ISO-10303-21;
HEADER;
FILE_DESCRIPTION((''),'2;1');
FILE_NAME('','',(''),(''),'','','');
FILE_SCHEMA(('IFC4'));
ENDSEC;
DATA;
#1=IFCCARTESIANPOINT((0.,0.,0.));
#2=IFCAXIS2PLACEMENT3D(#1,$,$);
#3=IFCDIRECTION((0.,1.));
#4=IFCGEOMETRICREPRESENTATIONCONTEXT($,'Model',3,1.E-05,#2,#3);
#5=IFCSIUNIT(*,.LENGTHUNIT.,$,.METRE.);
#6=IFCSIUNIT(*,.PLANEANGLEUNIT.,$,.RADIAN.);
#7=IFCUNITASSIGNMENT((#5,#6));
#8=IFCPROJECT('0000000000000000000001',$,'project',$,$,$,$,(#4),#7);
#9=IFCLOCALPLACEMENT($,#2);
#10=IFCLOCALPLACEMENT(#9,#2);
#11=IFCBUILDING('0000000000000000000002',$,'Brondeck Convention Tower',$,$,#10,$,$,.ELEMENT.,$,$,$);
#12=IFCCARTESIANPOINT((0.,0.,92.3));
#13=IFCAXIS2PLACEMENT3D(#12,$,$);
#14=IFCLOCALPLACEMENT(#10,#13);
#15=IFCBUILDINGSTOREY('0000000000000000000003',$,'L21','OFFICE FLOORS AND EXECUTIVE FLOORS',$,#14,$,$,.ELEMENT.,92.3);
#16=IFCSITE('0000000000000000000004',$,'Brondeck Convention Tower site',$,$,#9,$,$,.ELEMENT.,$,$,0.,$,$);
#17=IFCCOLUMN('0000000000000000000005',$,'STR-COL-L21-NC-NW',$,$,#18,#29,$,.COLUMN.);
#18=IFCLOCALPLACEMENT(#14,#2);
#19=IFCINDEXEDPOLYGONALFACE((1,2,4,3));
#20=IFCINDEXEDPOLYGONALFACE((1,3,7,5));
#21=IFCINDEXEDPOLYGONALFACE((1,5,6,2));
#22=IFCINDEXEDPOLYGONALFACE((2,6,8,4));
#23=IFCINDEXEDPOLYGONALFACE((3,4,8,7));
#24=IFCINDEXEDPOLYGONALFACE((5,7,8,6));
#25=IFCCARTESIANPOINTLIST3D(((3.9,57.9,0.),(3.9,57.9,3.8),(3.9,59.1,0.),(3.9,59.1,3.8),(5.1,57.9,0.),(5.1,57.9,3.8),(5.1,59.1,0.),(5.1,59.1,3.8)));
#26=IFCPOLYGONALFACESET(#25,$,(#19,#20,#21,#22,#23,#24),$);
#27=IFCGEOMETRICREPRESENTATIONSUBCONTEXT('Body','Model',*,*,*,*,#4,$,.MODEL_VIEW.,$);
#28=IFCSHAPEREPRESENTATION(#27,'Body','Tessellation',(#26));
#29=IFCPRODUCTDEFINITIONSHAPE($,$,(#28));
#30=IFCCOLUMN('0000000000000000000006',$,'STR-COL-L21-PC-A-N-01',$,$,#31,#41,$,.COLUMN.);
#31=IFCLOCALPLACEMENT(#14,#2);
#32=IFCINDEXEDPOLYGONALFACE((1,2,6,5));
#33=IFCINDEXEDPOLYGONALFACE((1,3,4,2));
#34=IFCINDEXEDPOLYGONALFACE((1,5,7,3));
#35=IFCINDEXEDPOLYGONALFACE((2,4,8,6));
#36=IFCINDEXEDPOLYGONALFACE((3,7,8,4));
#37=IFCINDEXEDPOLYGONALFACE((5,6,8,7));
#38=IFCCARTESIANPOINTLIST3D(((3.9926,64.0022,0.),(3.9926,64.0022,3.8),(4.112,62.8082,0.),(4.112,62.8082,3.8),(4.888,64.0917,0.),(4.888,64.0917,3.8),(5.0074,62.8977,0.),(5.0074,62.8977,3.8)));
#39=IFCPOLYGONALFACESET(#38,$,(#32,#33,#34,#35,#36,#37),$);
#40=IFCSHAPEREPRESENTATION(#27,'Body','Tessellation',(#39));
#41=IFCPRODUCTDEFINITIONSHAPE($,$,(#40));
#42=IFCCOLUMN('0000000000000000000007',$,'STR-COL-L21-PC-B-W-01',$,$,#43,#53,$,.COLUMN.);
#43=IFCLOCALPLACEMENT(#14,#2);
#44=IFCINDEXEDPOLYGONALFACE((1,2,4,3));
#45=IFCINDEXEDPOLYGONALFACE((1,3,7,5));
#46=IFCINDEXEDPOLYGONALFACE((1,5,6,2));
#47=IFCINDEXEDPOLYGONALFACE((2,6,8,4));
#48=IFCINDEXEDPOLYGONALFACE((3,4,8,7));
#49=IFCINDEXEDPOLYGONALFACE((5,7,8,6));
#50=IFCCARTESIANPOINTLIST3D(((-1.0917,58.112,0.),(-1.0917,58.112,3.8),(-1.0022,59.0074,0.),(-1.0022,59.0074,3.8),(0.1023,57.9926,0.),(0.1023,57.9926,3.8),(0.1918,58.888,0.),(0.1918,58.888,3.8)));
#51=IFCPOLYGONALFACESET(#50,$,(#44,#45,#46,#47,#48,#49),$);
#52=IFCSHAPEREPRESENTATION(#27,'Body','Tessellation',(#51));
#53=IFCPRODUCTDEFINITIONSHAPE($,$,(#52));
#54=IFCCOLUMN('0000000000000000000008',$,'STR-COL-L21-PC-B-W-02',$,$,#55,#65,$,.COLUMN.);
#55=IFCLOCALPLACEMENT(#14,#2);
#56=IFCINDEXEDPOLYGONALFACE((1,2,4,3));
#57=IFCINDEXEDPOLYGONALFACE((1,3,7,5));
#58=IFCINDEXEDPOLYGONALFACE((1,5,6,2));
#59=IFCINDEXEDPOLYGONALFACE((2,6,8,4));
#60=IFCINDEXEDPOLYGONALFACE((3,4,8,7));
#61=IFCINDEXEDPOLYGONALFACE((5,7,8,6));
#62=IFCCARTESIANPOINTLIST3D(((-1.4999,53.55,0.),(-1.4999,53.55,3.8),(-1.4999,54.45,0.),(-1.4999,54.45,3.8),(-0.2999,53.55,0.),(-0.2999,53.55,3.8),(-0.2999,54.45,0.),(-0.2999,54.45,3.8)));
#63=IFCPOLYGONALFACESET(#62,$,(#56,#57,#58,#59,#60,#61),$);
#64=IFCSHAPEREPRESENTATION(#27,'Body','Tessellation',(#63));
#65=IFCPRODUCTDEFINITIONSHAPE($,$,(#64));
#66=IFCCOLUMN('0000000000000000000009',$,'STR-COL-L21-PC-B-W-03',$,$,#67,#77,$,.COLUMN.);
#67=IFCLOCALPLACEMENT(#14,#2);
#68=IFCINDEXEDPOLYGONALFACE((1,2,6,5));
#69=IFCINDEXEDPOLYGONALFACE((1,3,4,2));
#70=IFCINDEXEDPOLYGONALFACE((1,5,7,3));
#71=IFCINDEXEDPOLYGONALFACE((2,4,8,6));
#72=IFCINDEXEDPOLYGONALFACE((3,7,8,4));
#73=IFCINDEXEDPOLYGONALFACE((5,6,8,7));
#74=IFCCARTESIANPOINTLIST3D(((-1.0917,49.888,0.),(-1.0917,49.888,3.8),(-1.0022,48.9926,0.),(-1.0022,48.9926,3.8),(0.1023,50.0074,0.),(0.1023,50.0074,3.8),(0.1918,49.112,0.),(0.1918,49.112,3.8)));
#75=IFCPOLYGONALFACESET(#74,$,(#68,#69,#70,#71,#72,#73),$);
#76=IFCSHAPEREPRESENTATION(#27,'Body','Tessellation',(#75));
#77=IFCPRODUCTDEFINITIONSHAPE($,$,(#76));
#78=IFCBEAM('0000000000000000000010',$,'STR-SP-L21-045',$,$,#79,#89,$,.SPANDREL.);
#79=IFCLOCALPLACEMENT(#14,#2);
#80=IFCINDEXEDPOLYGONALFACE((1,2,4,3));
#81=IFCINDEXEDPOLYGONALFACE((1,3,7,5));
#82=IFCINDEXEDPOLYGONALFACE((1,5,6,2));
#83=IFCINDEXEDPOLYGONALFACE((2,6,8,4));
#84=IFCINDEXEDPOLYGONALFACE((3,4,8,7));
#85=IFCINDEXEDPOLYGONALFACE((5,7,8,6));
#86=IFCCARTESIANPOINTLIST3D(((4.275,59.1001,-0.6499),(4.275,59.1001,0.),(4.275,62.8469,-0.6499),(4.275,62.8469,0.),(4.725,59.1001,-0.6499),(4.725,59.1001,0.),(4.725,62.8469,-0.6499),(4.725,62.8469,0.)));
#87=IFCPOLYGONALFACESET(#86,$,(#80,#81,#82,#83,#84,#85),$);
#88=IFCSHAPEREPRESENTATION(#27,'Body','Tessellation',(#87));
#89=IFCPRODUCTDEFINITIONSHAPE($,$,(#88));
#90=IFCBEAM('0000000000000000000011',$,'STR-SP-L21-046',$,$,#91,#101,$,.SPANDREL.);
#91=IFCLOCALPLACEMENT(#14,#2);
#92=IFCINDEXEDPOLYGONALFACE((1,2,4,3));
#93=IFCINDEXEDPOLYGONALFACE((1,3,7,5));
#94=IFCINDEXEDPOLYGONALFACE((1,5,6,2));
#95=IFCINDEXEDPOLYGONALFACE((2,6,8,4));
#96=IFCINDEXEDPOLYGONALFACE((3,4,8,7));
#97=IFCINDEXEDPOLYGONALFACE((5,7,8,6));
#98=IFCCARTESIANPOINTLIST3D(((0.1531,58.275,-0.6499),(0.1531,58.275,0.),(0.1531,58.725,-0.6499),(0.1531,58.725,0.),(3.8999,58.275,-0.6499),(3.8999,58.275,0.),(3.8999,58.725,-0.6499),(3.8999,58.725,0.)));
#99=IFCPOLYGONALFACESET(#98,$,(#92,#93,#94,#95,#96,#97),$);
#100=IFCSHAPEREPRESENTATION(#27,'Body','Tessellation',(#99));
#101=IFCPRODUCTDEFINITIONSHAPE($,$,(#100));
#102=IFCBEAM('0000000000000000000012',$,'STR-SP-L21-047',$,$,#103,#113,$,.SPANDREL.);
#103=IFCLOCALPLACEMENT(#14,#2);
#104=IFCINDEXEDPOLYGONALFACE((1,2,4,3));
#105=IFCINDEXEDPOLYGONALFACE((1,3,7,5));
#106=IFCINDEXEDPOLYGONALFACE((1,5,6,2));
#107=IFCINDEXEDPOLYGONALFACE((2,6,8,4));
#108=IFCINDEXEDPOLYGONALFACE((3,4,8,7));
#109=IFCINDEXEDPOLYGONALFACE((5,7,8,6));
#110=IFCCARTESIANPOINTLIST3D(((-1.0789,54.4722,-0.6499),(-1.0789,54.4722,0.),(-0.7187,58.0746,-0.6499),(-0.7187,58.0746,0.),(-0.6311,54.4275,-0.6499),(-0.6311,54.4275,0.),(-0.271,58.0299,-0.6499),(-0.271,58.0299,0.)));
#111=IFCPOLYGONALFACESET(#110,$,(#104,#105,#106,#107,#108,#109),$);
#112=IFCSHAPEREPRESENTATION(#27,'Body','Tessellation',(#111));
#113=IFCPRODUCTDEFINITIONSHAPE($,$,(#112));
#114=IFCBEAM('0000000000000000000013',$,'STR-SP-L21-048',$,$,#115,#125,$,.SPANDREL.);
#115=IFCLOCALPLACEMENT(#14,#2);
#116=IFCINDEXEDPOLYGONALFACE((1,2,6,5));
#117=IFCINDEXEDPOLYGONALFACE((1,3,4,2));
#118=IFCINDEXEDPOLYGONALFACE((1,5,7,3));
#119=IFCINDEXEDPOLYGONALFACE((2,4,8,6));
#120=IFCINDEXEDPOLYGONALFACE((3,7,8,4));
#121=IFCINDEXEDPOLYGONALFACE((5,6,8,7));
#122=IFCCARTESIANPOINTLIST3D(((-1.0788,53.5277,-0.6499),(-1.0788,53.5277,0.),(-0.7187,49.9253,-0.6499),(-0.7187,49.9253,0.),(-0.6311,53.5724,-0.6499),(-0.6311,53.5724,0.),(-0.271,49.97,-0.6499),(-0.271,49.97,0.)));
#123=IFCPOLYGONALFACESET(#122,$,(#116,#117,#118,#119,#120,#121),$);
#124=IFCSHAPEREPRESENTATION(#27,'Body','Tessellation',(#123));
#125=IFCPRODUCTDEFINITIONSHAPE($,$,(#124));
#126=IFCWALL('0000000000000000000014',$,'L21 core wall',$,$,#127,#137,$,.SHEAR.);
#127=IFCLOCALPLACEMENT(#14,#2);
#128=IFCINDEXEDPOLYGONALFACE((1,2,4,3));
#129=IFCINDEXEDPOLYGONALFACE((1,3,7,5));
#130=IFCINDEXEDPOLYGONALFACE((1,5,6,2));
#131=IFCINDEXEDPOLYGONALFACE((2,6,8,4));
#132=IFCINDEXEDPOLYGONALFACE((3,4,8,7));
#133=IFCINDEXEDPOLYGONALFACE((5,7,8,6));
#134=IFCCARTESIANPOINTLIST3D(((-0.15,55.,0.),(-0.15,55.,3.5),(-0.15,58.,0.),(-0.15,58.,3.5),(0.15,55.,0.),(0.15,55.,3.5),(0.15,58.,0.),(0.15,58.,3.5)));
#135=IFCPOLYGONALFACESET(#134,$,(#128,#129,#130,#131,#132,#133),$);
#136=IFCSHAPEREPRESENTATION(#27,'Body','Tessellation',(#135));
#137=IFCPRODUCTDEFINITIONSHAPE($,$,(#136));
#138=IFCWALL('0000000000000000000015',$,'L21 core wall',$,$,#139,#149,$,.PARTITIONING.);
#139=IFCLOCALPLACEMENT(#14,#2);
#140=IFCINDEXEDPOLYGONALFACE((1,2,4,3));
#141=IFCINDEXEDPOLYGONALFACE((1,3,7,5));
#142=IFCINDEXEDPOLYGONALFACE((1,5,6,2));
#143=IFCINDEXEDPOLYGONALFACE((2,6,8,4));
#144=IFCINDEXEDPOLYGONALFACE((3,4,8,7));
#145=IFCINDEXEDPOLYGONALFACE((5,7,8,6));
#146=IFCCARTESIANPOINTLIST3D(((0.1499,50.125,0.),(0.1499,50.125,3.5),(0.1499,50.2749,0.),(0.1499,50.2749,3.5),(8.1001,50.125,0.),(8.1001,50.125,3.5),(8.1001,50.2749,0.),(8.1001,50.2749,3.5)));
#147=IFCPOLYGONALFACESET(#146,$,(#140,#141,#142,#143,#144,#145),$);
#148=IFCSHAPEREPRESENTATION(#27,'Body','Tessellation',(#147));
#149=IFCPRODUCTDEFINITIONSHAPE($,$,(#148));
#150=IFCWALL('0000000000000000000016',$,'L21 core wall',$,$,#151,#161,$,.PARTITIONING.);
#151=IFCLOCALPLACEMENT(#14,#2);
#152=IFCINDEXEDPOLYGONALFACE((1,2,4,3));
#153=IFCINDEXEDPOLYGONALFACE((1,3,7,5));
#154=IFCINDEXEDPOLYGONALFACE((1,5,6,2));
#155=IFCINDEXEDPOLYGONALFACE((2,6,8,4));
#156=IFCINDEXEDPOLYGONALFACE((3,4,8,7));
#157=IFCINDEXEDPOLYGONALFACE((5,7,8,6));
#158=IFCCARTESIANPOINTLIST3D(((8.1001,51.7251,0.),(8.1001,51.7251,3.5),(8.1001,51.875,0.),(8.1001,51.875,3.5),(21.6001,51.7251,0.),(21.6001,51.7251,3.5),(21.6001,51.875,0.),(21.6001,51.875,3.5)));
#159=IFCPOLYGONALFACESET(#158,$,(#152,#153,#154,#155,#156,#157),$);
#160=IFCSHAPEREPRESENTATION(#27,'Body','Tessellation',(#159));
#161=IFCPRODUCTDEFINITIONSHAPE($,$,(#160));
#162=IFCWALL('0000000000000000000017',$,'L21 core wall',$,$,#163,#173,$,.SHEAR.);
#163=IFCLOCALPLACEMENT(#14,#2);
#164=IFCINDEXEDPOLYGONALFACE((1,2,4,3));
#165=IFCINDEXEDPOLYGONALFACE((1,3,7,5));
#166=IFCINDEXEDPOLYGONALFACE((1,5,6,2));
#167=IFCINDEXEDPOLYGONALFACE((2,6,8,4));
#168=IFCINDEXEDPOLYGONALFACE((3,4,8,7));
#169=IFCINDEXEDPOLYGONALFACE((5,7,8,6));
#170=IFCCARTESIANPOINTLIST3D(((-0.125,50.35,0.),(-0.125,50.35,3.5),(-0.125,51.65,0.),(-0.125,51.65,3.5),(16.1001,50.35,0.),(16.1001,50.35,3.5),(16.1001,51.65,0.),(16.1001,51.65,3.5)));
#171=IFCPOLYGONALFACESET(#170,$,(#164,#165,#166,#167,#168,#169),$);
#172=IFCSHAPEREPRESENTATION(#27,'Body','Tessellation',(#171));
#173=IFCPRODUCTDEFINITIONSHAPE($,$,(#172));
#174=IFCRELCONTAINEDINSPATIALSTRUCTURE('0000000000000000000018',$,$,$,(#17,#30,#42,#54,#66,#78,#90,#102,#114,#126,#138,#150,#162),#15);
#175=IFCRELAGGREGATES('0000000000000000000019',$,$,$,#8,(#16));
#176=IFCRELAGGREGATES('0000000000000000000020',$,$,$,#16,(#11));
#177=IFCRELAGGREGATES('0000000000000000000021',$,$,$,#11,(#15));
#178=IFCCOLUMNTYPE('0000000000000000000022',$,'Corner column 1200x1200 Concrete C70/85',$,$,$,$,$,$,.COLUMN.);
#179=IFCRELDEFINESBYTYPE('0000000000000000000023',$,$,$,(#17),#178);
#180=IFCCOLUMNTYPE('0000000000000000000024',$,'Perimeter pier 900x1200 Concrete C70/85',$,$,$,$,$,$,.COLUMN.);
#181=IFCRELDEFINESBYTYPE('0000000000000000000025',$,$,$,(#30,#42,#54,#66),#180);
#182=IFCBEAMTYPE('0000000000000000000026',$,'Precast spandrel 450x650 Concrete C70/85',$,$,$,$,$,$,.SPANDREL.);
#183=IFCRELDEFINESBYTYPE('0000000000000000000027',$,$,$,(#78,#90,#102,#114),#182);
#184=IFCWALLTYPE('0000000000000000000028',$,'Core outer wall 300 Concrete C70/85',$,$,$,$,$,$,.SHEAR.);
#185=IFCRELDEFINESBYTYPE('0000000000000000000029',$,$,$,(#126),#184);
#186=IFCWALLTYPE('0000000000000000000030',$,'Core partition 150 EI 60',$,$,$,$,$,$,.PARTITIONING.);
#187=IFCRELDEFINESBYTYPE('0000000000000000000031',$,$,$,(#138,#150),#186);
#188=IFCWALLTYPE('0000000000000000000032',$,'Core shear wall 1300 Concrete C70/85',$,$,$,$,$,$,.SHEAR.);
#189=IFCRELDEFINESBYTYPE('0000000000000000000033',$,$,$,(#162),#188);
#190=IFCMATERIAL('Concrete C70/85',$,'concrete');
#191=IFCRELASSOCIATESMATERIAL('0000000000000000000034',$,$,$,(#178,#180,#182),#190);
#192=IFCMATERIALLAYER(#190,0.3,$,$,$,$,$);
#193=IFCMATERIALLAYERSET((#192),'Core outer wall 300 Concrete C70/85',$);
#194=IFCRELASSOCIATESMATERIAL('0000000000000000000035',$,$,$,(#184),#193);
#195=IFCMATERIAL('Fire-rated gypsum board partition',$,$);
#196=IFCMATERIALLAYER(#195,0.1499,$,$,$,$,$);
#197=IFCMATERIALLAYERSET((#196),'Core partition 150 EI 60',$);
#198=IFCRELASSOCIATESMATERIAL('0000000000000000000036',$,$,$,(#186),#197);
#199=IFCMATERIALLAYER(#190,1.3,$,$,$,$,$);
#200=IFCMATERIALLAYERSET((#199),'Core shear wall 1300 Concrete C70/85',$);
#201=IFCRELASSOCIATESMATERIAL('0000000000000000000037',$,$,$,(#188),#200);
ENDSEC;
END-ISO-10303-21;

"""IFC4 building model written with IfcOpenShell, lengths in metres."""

from ifc_helpers import new_model, si_unit, direction, frame, frame_2d, origin, origin_2d, place, context, subcontext, project, spatial, rectangle, extrude, material, layer, layer_set, material_profile, profile_set, type_object, element, save


model = new_model("IFC4")

# Units and contexts
model_context = context("Model", 3, precision=1e-05, world=origin(), true_north=direction((0.0, 1.0)))
body_context = subcontext(model_context, "Body", "Model", "MODEL_VIEW")
ifc_project = project(units=[si_unit("LENGTHUNIT", "METRE"), si_unit("PLANEANGLEUNIT", "RADIAN")], contexts=[model_context])

# Site, building, storey
site_placement = place(None, origin())
site = spatial("IfcSite", under=ifc_project, at=site_placement, Name="Brondeck Convention Tower site", CompositionType="ELEMENT", RefElevation=0.0)
building_placement = place(site_placement, origin())
building = spatial("IfcBuilding", under=site, at=building_placement, Name="Brondeck Convention Tower", CompositionType="ELEMENT")
storey_placement = place(building_placement, frame((0.0, 0.0, 92.3)))
storey = spatial("IfcBuildingStorey", under=building, at=storey_placement, Name="L21", Description="OFFICE FLOORS AND EXECUTIVE FLOORS", CompositionType="ELEMENT", Elevation=92.3)

# Columns
ifc_material_1 = material(Name="Concrete C70/85", Category="concrete")
ifc_material_profile_1 = material_profile(ifc_material_1, rectangle(XDim=1.2, YDim=1.2, at=origin_2d()), Name="Corner column 1200x1200 Concrete C70/85")
ifc_profile_set_1 = profile_set([ifc_material_profile_1], Name="Concrete C70/85")
column_type_1 = type_object("IfcColumnType", Name="Corner column 1200x1200 Concrete C70/85", PredefinedType="COLUMN", material=ifc_profile_set_1)
column_placement = place(storey_placement, frame((4.5, 58.5, 0.0), z_axis=(0.0, 0.0, 1.0), x_axis=(1.0, 0.0, 0.0)))
element("IfcColumn", 1, at=column_placement, inside=storey, type_object=column_type_1, Name="STR-COL-L21-NC-NW", PredefinedType="COLUMN", context=body_context, shape_type="SweptSolid", body=[
    extrude(rectangle(XDim=1.2, YDim=1.2, at=origin_2d()), origin(), (0.0, 0.0, 1.0), 3.8),
])
ifc_material_profile_2 = material_profile(ifc_material_1, rectangle(XDim=0.8999, YDim=1.2, at=origin_2d()), Name="Perimeter pier 900x1200 Concrete C70/85")
ifc_profile_set_2 = profile_set([ifc_material_profile_2], Name="Concrete C70/85")
column_type_2 = type_object("IfcColumnType", Name="Perimeter pier 900x1200 Concrete C70/85", PredefinedType="COLUMN", material=ifc_profile_set_2)
for number, where, z_axis, x_axis, name in (
    (2, (4.5, 63.45, 0.0), (0.0, 0.0, 1.0), (-0.995037, -0.099504, 0.0), "STR-COL-L21-PC-A-N-01"),
    (3, (-0.45, 58.5, 0.0), (0.0, 0.0, 1.0), (-0.099504, -0.995037, 0.0), "STR-COL-L21-PC-B-W-01"),
    (4, (-0.8999, 54.0, 0.0), (0.0, 0.0, 1.0), (0.0, -1.0, 0.0), "STR-COL-L21-PC-B-W-02"),
    (5, (-0.45, 49.5, 0.0), (0.0, 0.0, 1.0), (0.099504, -0.995037, 0.0), "STR-COL-L21-PC-B-W-03"),
):
    element("IfcColumn", number, at=place(storey_placement, frame(where, z_axis=z_axis, x_axis=x_axis)), inside=storey, type_object=column_type_2, Name=name, PredefinedType="COLUMN", context=body_context, shape_type="SweptSolid", body=[
        extrude(rectangle(XDim=0.8999, YDim=1.2, at=origin_2d()), origin(), (0.0, 0.0, 1.0), 3.8),
    ])

# Beams
ifc_material_profile_3 = material_profile(ifc_material_1, rectangle(XDim=0.45, YDim=0.6499, at=origin_2d()), Name="Precast spandrel 450x650 Concrete C70/85")
ifc_profile_set_3 = profile_set([ifc_material_profile_3], Name="Concrete C70/85")
beam_type = type_object("IfcBeamType", Name="Precast spandrel 450x650 Concrete C70/85", PredefinedType="SPANDREL", material=ifc_profile_set_3)
for number, where, z_axis, x_axis, name in (
    (6, (4.5, 62.8469, -0.325), (0.0, -1.0, 0.0), (1.0, 0.0, 0.0), "STR-SP-L21-045"),
    (7, (3.8999, 58.5, -0.325), (-1.0, 0.0, 0.0), (0.0, -1.0, 0.0), "STR-SP-L21-046"),
):
    element("IfcBeam", number, at=place(storey_placement, frame(where, z_axis=z_axis, x_axis=x_axis)), inside=storey, type_object=beam_type, Name=name, PredefinedType="SPANDREL", context=body_context, shape_type="SweptSolid", body=[
        extrude(rectangle(XDim=0.45, YDim=0.6499, at=origin_2d()), origin(), (0.0, 0.0, 1.0), 3.7468),
    ])
for number, where, z_axis, x_axis, name in (
    (8, (-0.4949, 58.0522, -0.325), (-0.09947, -0.995041, 0.0), (0.995041, -0.09947, 0.0), "STR-SP-L21-047"),
    (9, (-0.855, 53.55, -0.325), (0.09947, -0.995041, 0.0), (0.995041, 0.09947, 0.0), "STR-SP-L21-048"),
):
    element("IfcBeam", number, at=place(storey_placement, frame(where, z_axis=z_axis, x_axis=x_axis)), inside=storey, type_object=beam_type, Name=name, PredefinedType="SPANDREL", context=body_context, shape_type="SweptSolid", body=[
        extrude(rectangle(XDim=0.45, YDim=0.6499, at=origin_2d()), origin(), (0.0, 0.0, 1.0), 3.6204),
    ])

# Walls
ifc_layer_1 = layer(ifc_material_1, 0.3)
ifc_layer_set_1 = layer_set([ifc_layer_1], Name="Core outer wall 300 Concrete C70/85")
wall_type_1 = type_object("IfcWallType", Name="Core outer wall 300 Concrete C70/85", PredefinedType="SHEAR", material=ifc_layer_set_1)
wall_1_placement = place(storey_placement, frame((0.0, 55.0, 0.0), z_axis=(0.0, 0.0, 1.0), x_axis=(0.0, 1.0, 0.0)))
element("IfcWall", 10, at=wall_1_placement, inside=storey, type_object=wall_type_1, Name="L21 core wall", PredefinedType="SHEAR", context=body_context, shape_type="SweptSolid", body=[
    extrude(rectangle(XDim=3.0, YDim=0.3, at=frame_2d((1.5, 0.0))), origin(), (0.0, 0.0, 1.0), 3.5),
])
ifc_material_2 = material(Name="Fire-rated gypsum board partition")
ifc_layer_2 = layer(ifc_material_2, 0.1499)
ifc_layer_set_2 = layer_set([ifc_layer_2], Name="Core partition 150 EI 60")
wall_type_2 = type_object("IfcWallType", Name="Core partition 150 EI 60", PredefinedType="PARTITIONING", material=ifc_layer_set_2)
wall_2_placement = place(storey_placement, frame((0.1499, 50.2, 0.0), z_axis=(0.0, 0.0, 1.0), x_axis=(1.0, 0.0, 0.0)))
element("IfcWall", 11, at=wall_2_placement, inside=storey, type_object=wall_type_2, Name="L21 core wall", PredefinedType="PARTITIONING", context=body_context, shape_type="SweptSolid", body=[
    extrude(rectangle(XDim=7.9502, YDim=0.1499, at=frame_2d((3.9751, 0.0))), origin(), (0.0, 0.0, 1.0), 3.5),
])
wall_3_placement = place(storey_placement, frame((8.1001, 51.8, 0.0), z_axis=(0.0, 0.0, 1.0), x_axis=(1.0, 0.0, 0.0)))
element("IfcWall", 12, at=wall_3_placement, inside=storey, type_object=wall_type_2, Name="L21 core wall", PredefinedType="PARTITIONING", context=body_context, shape_type="SweptSolid", body=[
    extrude(rectangle(XDim=13.5, YDim=0.1499, at=frame_2d((6.75, 0.0))), origin(), (0.0, 0.0, 1.0), 3.5),
])
ifc_layer_3 = layer(ifc_material_1, 1.3)
ifc_layer_set_3 = layer_set([ifc_layer_3], Name="Core shear wall 1300 Concrete C70/85")
wall_type_3 = type_object("IfcWallType", Name="Core shear wall 1300 Concrete C70/85", PredefinedType="SHEAR", material=ifc_layer_set_3)
wall_4_placement = place(storey_placement, frame((-0.125, 51.0, 0.0), z_axis=(0.0, 0.0, 1.0), x_axis=(1.0, 0.0, 0.0)))
element("IfcWall", 13, at=wall_4_placement, inside=storey, type_object=wall_type_3, Name="L21 core wall", PredefinedType="SHEAR", context=body_context, shape_type="SweptSolid", body=[
    extrude(rectangle(XDim=16.2251, YDim=1.3, at=frame_2d((8.1125, 0.0))), origin(), (0.0, 0.0, 1.0), 3.5),
])

save(model, "model.ifc")
